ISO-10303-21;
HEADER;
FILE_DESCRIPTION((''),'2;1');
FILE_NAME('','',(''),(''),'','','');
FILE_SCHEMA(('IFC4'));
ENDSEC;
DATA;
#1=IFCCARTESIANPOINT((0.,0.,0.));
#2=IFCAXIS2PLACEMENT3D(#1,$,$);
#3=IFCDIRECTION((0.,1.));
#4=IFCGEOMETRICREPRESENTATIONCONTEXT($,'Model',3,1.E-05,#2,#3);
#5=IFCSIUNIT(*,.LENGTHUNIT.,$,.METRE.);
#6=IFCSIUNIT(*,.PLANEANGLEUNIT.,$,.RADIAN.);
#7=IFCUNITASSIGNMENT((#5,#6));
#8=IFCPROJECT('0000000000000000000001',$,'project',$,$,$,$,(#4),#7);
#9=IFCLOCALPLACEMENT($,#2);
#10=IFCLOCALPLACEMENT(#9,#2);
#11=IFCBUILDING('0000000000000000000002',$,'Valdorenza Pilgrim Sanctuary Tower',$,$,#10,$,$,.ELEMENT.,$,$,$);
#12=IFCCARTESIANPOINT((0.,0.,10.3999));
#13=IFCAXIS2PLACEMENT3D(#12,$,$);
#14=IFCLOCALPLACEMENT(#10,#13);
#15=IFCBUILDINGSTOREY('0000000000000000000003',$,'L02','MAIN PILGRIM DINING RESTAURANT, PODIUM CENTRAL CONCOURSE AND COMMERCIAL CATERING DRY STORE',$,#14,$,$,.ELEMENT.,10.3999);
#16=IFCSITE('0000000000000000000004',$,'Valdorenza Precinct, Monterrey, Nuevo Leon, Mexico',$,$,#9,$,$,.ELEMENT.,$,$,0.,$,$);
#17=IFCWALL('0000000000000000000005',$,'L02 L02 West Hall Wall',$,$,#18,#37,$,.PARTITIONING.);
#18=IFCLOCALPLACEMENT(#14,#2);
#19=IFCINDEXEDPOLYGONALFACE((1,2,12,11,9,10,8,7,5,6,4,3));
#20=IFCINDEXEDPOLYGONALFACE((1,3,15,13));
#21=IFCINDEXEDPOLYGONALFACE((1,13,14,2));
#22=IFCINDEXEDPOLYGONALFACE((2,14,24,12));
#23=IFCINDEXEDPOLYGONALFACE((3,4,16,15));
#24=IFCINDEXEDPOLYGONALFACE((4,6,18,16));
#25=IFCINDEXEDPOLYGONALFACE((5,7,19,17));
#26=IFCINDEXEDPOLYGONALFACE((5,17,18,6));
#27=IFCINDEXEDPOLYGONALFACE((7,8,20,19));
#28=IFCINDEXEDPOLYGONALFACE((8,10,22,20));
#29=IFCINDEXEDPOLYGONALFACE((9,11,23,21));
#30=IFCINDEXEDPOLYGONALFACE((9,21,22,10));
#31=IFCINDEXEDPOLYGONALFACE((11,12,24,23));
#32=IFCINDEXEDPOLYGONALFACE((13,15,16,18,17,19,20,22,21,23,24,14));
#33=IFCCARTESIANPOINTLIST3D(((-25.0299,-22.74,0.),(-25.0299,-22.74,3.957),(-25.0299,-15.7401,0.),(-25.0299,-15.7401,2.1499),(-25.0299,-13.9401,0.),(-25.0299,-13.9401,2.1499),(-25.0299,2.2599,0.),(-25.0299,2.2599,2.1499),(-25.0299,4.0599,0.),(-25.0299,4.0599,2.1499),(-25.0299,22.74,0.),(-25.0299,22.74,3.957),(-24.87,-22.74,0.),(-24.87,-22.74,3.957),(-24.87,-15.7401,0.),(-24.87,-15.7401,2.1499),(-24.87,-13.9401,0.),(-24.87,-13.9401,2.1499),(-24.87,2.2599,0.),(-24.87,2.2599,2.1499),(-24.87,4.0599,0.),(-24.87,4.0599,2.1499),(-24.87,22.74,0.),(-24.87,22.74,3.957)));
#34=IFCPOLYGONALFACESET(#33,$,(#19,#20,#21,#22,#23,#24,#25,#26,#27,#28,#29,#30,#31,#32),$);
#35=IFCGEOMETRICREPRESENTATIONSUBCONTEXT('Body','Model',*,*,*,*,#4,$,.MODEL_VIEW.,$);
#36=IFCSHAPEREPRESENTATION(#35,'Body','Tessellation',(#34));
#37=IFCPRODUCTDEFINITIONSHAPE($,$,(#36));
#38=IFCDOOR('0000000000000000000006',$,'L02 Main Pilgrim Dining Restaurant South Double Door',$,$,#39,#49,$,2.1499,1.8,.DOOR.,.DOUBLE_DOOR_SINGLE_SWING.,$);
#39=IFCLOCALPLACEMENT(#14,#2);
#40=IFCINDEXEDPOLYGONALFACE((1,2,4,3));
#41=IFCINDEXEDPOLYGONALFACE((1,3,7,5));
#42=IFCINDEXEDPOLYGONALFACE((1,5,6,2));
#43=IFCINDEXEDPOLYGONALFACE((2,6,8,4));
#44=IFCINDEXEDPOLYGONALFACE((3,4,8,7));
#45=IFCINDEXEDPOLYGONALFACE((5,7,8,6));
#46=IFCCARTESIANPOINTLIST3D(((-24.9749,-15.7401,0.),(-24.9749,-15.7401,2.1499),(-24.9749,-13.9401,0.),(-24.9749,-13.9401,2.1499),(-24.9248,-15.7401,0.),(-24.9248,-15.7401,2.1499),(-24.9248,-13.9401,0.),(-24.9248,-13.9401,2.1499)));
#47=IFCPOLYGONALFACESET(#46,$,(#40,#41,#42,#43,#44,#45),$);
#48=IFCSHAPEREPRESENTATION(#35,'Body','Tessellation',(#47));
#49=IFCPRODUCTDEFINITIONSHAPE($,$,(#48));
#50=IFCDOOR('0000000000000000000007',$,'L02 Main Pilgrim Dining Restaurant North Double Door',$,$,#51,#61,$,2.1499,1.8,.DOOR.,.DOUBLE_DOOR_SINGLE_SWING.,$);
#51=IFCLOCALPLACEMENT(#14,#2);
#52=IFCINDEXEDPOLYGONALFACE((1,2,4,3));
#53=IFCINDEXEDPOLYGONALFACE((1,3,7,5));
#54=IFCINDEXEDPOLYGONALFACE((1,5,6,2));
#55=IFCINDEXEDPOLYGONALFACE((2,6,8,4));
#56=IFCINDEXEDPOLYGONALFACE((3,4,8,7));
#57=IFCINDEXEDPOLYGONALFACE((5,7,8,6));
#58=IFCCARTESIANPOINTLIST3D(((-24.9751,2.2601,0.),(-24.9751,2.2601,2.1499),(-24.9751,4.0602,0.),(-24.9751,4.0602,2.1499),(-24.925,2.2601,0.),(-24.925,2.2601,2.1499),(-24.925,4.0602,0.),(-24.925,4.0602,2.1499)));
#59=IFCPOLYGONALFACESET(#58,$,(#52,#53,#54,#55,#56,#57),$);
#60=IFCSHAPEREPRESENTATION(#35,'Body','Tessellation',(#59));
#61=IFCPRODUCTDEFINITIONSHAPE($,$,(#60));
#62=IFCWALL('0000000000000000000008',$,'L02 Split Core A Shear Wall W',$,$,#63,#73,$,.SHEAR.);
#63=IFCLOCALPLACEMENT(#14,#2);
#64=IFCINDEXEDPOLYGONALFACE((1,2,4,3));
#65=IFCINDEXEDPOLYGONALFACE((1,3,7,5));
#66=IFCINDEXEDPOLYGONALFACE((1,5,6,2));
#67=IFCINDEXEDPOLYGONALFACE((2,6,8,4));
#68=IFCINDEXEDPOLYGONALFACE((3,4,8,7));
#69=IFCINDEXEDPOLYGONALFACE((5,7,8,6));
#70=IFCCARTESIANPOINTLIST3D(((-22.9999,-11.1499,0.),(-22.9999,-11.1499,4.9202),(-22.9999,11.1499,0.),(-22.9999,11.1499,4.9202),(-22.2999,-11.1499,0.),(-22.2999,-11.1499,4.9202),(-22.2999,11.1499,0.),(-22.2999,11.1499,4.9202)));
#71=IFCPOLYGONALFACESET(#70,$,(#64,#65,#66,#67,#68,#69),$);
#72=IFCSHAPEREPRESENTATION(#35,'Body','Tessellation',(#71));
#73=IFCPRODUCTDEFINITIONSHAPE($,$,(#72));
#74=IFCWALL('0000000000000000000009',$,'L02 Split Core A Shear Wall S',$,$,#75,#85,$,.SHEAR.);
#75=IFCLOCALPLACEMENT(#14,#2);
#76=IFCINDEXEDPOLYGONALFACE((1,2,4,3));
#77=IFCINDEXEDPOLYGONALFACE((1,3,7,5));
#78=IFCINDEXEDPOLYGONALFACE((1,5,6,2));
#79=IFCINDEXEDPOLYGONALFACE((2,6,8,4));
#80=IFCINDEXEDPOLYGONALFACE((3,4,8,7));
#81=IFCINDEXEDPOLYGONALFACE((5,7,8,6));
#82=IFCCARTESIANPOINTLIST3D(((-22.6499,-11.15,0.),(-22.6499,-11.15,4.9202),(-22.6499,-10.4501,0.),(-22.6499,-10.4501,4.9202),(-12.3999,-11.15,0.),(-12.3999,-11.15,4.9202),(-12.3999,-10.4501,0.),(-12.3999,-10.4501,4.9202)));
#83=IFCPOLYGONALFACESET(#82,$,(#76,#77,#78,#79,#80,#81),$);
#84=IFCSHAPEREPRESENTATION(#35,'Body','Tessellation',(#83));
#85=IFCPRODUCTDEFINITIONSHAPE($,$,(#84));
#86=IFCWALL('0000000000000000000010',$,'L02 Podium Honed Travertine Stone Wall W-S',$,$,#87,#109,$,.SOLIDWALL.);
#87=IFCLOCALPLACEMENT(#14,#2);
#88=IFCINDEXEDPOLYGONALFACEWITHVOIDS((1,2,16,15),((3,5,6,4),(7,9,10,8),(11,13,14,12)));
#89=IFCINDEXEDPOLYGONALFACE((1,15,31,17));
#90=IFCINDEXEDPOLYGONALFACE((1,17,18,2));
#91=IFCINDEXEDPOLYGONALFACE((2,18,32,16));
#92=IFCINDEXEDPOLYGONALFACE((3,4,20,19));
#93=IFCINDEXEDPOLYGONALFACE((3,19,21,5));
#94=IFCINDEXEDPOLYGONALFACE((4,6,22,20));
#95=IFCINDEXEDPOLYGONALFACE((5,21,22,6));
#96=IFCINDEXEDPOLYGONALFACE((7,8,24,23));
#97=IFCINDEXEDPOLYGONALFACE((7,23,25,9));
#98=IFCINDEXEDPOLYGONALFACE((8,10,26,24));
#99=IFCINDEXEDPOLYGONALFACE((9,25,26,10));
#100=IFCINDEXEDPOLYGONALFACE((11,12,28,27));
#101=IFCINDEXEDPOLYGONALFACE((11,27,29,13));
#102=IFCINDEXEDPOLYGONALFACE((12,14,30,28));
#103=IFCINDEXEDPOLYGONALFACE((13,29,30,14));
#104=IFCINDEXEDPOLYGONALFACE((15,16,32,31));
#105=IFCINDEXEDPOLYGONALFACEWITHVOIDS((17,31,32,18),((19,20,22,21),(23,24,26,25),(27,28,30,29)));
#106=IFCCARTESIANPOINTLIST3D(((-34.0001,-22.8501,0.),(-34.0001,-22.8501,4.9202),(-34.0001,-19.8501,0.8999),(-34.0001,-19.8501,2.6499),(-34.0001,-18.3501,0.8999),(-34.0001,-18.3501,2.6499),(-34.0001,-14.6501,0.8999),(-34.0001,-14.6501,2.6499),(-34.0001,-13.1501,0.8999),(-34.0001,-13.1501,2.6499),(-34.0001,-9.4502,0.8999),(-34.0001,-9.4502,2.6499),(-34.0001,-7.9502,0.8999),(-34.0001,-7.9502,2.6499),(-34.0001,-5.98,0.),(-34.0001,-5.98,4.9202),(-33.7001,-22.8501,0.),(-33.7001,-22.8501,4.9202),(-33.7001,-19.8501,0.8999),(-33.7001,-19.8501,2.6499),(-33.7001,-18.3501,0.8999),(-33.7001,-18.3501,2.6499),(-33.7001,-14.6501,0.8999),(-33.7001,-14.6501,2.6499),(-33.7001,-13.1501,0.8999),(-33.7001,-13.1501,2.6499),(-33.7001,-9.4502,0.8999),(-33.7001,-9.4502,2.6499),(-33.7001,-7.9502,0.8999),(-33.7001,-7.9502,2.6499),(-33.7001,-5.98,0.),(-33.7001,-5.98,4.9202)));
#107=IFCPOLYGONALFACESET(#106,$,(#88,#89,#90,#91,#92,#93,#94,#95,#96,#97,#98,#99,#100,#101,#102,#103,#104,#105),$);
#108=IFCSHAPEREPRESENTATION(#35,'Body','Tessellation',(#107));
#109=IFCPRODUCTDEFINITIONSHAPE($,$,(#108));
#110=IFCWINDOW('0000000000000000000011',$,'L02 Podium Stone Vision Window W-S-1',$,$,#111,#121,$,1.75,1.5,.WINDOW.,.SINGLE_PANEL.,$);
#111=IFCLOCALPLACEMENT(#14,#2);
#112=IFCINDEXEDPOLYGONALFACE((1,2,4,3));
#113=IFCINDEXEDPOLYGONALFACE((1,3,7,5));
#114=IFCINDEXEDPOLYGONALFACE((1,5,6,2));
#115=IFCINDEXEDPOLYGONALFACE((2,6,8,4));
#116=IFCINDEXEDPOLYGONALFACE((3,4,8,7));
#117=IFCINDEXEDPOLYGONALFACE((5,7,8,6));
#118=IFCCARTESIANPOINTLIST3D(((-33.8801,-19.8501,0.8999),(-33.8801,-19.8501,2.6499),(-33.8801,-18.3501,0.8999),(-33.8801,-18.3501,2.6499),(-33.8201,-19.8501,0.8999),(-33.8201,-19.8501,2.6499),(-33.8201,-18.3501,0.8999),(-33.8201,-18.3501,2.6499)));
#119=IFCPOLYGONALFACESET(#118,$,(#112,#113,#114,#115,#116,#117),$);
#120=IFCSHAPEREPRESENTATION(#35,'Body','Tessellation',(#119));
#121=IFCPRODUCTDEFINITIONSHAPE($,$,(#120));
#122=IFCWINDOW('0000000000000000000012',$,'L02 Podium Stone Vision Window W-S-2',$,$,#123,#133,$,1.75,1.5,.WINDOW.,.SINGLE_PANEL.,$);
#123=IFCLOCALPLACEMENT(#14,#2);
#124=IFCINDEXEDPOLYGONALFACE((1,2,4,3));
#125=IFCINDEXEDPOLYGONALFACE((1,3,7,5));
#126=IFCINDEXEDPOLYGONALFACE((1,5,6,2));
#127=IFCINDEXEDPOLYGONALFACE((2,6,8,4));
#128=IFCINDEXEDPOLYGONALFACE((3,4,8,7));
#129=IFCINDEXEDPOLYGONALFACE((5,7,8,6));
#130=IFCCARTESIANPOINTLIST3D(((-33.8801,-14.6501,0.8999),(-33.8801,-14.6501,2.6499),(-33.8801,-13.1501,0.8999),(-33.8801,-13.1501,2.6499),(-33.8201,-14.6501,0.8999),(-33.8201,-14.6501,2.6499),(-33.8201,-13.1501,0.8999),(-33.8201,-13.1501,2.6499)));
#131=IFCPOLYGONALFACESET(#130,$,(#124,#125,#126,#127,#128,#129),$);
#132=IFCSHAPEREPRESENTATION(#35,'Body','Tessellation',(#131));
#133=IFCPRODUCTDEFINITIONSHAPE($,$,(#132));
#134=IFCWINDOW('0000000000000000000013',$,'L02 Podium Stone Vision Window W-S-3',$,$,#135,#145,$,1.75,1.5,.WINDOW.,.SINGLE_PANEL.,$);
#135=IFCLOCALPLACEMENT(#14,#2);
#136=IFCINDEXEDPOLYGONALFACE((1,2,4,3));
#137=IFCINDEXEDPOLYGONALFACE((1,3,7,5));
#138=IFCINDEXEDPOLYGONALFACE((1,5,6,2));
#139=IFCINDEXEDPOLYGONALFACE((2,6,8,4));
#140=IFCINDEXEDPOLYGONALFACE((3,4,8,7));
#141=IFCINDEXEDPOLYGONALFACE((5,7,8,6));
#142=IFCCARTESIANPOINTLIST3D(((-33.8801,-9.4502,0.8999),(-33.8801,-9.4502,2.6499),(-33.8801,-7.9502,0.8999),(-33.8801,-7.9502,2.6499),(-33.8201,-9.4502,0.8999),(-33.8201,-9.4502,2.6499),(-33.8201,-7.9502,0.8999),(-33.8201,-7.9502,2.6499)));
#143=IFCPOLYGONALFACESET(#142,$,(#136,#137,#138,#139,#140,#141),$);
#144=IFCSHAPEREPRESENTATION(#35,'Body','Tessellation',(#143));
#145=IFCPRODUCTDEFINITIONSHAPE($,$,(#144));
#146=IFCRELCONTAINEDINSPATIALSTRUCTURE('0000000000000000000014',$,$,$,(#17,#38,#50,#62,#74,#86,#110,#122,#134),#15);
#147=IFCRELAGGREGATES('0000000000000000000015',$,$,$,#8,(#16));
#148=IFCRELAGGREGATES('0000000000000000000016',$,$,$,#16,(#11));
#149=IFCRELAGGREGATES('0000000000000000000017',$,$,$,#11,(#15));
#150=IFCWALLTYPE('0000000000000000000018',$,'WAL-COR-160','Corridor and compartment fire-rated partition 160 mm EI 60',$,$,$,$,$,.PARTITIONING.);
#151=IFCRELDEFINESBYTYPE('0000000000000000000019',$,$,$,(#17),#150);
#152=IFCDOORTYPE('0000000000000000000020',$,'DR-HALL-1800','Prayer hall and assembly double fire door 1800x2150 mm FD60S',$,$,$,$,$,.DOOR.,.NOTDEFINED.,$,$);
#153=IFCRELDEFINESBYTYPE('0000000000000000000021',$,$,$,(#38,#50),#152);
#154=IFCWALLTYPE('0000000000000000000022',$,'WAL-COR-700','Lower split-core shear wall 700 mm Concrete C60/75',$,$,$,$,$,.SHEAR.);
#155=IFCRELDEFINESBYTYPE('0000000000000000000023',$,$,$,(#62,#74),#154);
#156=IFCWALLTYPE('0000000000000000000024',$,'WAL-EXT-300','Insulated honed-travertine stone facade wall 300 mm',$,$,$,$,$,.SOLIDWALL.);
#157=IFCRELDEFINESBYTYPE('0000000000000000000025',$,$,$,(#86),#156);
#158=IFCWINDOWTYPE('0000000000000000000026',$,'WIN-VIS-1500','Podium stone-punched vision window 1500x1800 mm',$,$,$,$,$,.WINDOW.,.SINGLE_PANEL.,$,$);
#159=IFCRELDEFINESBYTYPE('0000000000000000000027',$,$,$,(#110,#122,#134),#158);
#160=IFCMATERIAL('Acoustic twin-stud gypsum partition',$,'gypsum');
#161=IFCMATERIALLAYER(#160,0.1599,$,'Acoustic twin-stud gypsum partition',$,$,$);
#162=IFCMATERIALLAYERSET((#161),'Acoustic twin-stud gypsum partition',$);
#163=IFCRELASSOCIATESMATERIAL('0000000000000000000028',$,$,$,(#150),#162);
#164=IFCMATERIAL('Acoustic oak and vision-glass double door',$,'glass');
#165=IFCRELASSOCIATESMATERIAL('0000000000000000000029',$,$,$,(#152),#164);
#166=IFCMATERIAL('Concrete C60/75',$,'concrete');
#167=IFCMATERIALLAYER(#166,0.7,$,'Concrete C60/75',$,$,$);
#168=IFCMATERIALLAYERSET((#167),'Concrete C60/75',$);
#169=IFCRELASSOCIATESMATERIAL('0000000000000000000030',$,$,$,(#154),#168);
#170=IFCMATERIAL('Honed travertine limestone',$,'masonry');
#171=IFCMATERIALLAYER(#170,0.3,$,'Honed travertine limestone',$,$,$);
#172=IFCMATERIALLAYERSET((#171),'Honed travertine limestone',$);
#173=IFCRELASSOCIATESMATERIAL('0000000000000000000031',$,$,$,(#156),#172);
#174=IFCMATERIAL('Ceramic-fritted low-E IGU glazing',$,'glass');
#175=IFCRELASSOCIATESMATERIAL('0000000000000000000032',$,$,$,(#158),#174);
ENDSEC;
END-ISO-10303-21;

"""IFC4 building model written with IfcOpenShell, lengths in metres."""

from ifc_helpers import new_model, si_unit, direction, frame, frame_2d, origin, place, context, subcontext, project, spatial, rectangle, extrude, material, layer, layer_set, type_object, element, fill, save


model = new_model("IFC4")

# Units and contexts
model_context = context("Model", 3, precision=1e-05, world=origin(), true_north=direction((0.0, 1.0)))
body_context = subcontext(model_context, "Body", "Model", "MODEL_VIEW")
ifc_project = project(units=[si_unit("LENGTHUNIT", "METRE"), si_unit("PLANEANGLEUNIT", "RADIAN")], contexts=[model_context])

# Site, building, storey
site_placement = place(None, origin())
site = spatial("IfcSite", under=ifc_project, at=site_placement, Name="Valdorenza Precinct, Monterrey, Nuevo Leon, Mexico", CompositionType="ELEMENT", RefElevation=0.0)
building_placement = place(site_placement, origin())
building = spatial("IfcBuilding", under=site, at=building_placement, Name="Valdorenza Pilgrim Sanctuary Tower", CompositionType="ELEMENT")
storey_placement = place(building_placement, frame((0.0, 0.0, 10.3999)))
storey = spatial("IfcBuildingStorey", under=building, at=storey_placement, Name="L02", Description="MAIN PILGRIM DINING RESTAURANT, PODIUM CENTRAL CONCOURSE AND COMMERCIAL CATERING DRY STORE", CompositionType="ELEMENT", Elevation=10.3999)

# Shared definitions
ifc_material_1 = material(Name="Concrete C60/75", Category="concrete")

# Wall, openings, doors
ifc_material_2 = material(Name="Acoustic twin-stud gypsum partition", Category="gypsum")
ifc_layer_1 = layer(ifc_material_2, 0.1599, Name="Acoustic twin-stud gypsum partition")
ifc_layer_set_1 = layer_set([ifc_layer_1], Name="Acoustic twin-stud gypsum partition")
wall_type_1 = type_object("IfcWallType", Name="WAL-COR-160", Description="Corridor and compartment fire-rated partition 160 mm EI 60", PredefinedType="PARTITIONING", material=ifc_layer_set_1)
wall_1_placement = place(storey_placement, frame((-24.95, -22.74, 0.0), z_axis=(0.0, 0.0, 1.0), x_axis=(0.0, 1.0, 0.0)))
wall_1 = element("IfcWall", 1, at=wall_1_placement, inside=storey, type_object=wall_type_1, Name="L02 L02 West Hall Wall", PredefinedType="PARTITIONING", context=body_context, shape_type="SweptSolid", body=[
    extrude(rectangle(XDim=45.48, YDim=0.1599, at=frame_2d((22.74, 0.0))), origin(), (0.0, 0.0, 1.0), 3.957),
])
opening_1_placement = place(wall_1_placement, frame((7.0, 0.0, 0.0)))
opening_1 = element("IfcOpeningElement", 2, at=opening_1_placement, cuts=wall_1, PredefinedType="OPENING", context=body_context, shape_type="SweptSolid", body=[
    extrude(rectangle(XDim=1.8, YDim=2.1499, at=frame_2d((0.8999, 1.075))), frame((0.0, 0.0947, 0.0), z_axis=(0.0, -1.0, 0.0), x_axis=(1.0, 0.0, 0.0)), (0.0, 0.0, 1.0), 0.1897),
])
opening_2_placement = place(wall_1_placement, frame((25.0, 0.0, 0.0)))
opening_2 = element("IfcOpeningElement", 3, at=opening_2_placement, cuts=wall_1, PredefinedType="OPENING", context=body_context, shape_type="SweptSolid", body=[
    extrude(rectangle(XDim=1.8, YDim=2.1499, at=frame_2d((0.8999, 1.075))), frame((0.0, 0.0947, 0.0), z_axis=(0.0, -1.0, 0.0), x_axis=(1.0, 0.0, 0.0)), (0.0, 0.0, 1.0), 0.1897),
])
ifc_material_3 = material(Name="Acoustic oak and vision-glass double door", Category="glass")
door_type = type_object("IfcDoorType", Name="DR-HALL-1800", Description="Prayer hall and assembly double fire door 1800x2150 mm FD60S", OperationType="NOTDEFINED", PredefinedType="DOOR", material=ifc_material_3)
door_1_placement = place(opening_1_placement, origin())
door_1 = element("IfcDoor", 4, at=door_1_placement, inside=storey, type_object=door_type, Name="L02 Main Pilgrim Dining Restaurant South Double Door", OperationType="DOUBLE_DOOR_SINGLE_SWING", OverallHeight=2.1499, OverallWidth=1.8, PredefinedType="DOOR", context=body_context, shape_type="SweptSolid", body=[
    extrude(rectangle(XDim=1.8, YDim=2.1499, at=frame_2d((0.8999, 1.075))), frame((0.0, 0.0249, 0.0), z_axis=(0.0, -1.0, 0.0), x_axis=(1.0, 0.0, 0.0)), (0.0, 0.0, 1.0), 0.05),
])
fill(opening_1, door_1)
door_2_placement = place(opening_2_placement, frame((1.8, 0.0, 0.0), z_axis=(0.0, 0.0, 1.0), x_axis=(-1.0, 0.0, 0.0)))
door_2 = element("IfcDoor", 5, at=door_2_placement, inside=storey, type_object=door_type, Name="L02 Main Pilgrim Dining Restaurant North Double Door", OperationType="DOUBLE_DOOR_SINGLE_SWING", OverallHeight=2.1499, OverallWidth=1.8, PredefinedType="DOOR", context=body_context, shape_type="SweptSolid", body=[
    extrude(rectangle(XDim=1.8, YDim=2.1499, at=frame_2d((0.8999, 1.075))), frame((0.0, 0.0249, 0.0), z_axis=(0.0, -1.0, 0.0), x_axis=(1.0, 0.0, 0.0)), (0.0, 0.0, 1.0), 0.05),
])
fill(opening_2, door_2)

# Walls
ifc_layer_2 = layer(ifc_material_1, 0.7, Name="Concrete C60/75")
ifc_layer_set_2 = layer_set([ifc_layer_2], Name="Concrete C60/75")
wall_type_2 = type_object("IfcWallType", Name="WAL-COR-700", Description="Lower split-core shear wall 700 mm Concrete C60/75", PredefinedType="SHEAR", material=ifc_layer_set_2)
wall_2_placement = place(storey_placement, frame((-22.6499, -11.1499, 0.0), z_axis=(0.0, 0.0, 1.0), x_axis=(0.0, 1.0, 0.0)))
element("IfcWall", 6, at=wall_2_placement, inside=storey, type_object=wall_type_2, Name="L02 Split Core A Shear Wall W", PredefinedType="SHEAR", context=body_context, shape_type="SweptSolid", body=[
    extrude(rectangle(XDim=22.2998, YDim=0.7, at=frame_2d((11.1499, 0.0))), origin(), (0.0, 0.0, 1.0), 4.9202),
])
wall_3_placement = place(storey_placement, frame((-22.6499, -10.8, 0.0), z_axis=(0.0, 0.0, 1.0), x_axis=(1.0, 0.0, 0.0)))
element("IfcWall", 7, at=wall_3_placement, inside=storey, type_object=wall_type_2, Name="L02 Split Core A Shear Wall S", PredefinedType="SHEAR", context=body_context, shape_type="SweptSolid", body=[
    extrude(rectangle(XDim=10.25, YDim=0.7, at=frame_2d((5.125, 0.0))), origin(), (0.0, 0.0, 1.0), 4.9202),
])

# Wall, openings, windows
ifc_material_4 = material(Name="Honed travertine limestone", Category="masonry")
ifc_layer_3 = layer(ifc_material_4, 0.3, Name="Honed travertine limestone")
ifc_layer_set_3 = layer_set([ifc_layer_3], Name="Honed travertine limestone")
wall_type_3 = type_object("IfcWallType", Name="WAL-EXT-300", Description="Insulated honed-travertine stone facade wall 300 mm", PredefinedType="SOLIDWALL", material=ifc_layer_set_3)
wall_4_placement = place(storey_placement, frame((-33.8501, -22.8501, 0.0), z_axis=(0.0, 0.0, 1.0), x_axis=(0.0, 1.0, 0.0)))
wall_4 = element("IfcWall", 8, at=wall_4_placement, inside=storey, type_object=wall_type_3, Name="L02 Podium Honed Travertine Stone Wall W-S", PredefinedType="SOLIDWALL", context=body_context, shape_type="SweptSolid", body=[
    extrude(rectangle(XDim=16.8701, YDim=0.3, at=frame_2d((8.4351, 0.0))), origin(), (0.0, 0.0, 1.0), 4.9202),
])
opening_3_placement = place(wall_4_placement, frame((3.0, 0.0, 0.8999)))
opening_3 = element("IfcOpeningElement", 9, at=opening_3_placement, cuts=wall_4, PredefinedType="OPENING", context=body_context, shape_type="SweptSolid", body=[
    extrude(rectangle(XDim=1.5, YDim=1.75, at=frame_2d((0.75, 0.875))), frame((0.0, 0.165, 0.0), z_axis=(0.0, -1.0, 0.0), x_axis=(1.0, 0.0, 0.0)), (0.0, 0.0, 1.0), 0.3298),
])
opening_4_placement = place(wall_4_placement, frame((8.2, 0.0, 0.8999)))
opening_4 = element("IfcOpeningElement", 10, at=opening_4_placement, cuts=wall_4, PredefinedType="OPENING", context=body_context, shape_type="SweptSolid", body=[
    extrude(rectangle(XDim=1.5, YDim=1.75, at=frame_2d((0.75, 0.875))), frame((0.0, 0.165, 0.0), z_axis=(0.0, -1.0, 0.0), x_axis=(1.0, 0.0, 0.0)), (0.0, 0.0, 1.0), 0.3298),
])
opening_5_placement = place(wall_4_placement, frame((13.3999, 0.0, 0.8999)))
opening_5 = element("IfcOpeningElement", 11, at=opening_5_placement, cuts=wall_4, PredefinedType="OPENING", context=body_context, shape_type="SweptSolid", body=[
    extrude(rectangle(XDim=1.5, YDim=1.75, at=frame_2d((0.75, 0.875))), frame((0.0, 0.165, 0.0), z_axis=(0.0, -1.0, 0.0), x_axis=(1.0, 0.0, 0.0)), (0.0, 0.0, 1.0), 0.3298),
])
ifc_material_5 = material(Name="Ceramic-fritted low-E IGU glazing", Category="glass")
window_type = type_object("IfcWindowType", Name="WIN-VIS-1500", Description="Podium stone-punched vision window 1500x1800 mm", PartitioningType="SINGLE_PANEL", PredefinedType="WINDOW", material=ifc_material_5)
window_1_placement = place(opening_3_placement, origin())
window_1 = element("IfcWindow", 12, at=window_1_placement, inside=storey, type_object=window_type, Name="L02 Podium Stone Vision Window W-S-1", OverallHeight=1.75, OverallWidth=1.5, PartitioningType="SINGLE_PANEL", PredefinedType="WINDOW", context=body_context, shape_type="SweptSolid", body=[
    extrude(rectangle(XDim=1.5, YDim=1.75, at=frame_2d((0.75, 0.875))), frame((0.0, 0.03, 0.0), z_axis=(0.0, -1.0, 0.0), x_axis=(1.0, 0.0, 0.0)), (0.0, 0.0, 1.0), 0.0601),
])
fill(opening_3, window_1)
window_2_placement = place(opening_4_placement, origin())
window_2 = element("IfcWindow", 13, at=window_2_placement, inside=storey, type_object=window_type, Name="L02 Podium Stone Vision Window W-S-2", OverallHeight=1.75, OverallWidth=1.5, PartitioningType="SINGLE_PANEL", PredefinedType="WINDOW", context=body_context, shape_type="SweptSolid", body=[
    extrude(rectangle(XDim=1.5, YDim=1.75, at=frame_2d((0.75, 0.875))), frame((0.0, 0.03, 0.0), z_axis=(0.0, -1.0, 0.0), x_axis=(1.0, 0.0, 0.0)), (0.0, 0.0, 1.0), 0.0601),
])
fill(opening_4, window_2)
window_3_placement = place(opening_5_placement, origin())
window_3 = element("IfcWindow", 14, at=window_3_placement, inside=storey, type_object=window_type, Name="L02 Podium Stone Vision Window W-S-3", OverallHeight=1.75, OverallWidth=1.5, PartitioningType="SINGLE_PANEL", PredefinedType="WINDOW", context=body_context, shape_type="SweptSolid", body=[
    extrude(rectangle(XDim=1.5, YDim=1.75, at=frame_2d((0.75, 0.875))), frame((0.0, 0.03, 0.0), z_axis=(0.0, -1.0, 0.0), x_axis=(1.0, 0.0, 0.0)), (0.0, 0.0, 1.0), 0.0601),
])
fill(opening_5, window_3)

save(model, "model.ifc")
